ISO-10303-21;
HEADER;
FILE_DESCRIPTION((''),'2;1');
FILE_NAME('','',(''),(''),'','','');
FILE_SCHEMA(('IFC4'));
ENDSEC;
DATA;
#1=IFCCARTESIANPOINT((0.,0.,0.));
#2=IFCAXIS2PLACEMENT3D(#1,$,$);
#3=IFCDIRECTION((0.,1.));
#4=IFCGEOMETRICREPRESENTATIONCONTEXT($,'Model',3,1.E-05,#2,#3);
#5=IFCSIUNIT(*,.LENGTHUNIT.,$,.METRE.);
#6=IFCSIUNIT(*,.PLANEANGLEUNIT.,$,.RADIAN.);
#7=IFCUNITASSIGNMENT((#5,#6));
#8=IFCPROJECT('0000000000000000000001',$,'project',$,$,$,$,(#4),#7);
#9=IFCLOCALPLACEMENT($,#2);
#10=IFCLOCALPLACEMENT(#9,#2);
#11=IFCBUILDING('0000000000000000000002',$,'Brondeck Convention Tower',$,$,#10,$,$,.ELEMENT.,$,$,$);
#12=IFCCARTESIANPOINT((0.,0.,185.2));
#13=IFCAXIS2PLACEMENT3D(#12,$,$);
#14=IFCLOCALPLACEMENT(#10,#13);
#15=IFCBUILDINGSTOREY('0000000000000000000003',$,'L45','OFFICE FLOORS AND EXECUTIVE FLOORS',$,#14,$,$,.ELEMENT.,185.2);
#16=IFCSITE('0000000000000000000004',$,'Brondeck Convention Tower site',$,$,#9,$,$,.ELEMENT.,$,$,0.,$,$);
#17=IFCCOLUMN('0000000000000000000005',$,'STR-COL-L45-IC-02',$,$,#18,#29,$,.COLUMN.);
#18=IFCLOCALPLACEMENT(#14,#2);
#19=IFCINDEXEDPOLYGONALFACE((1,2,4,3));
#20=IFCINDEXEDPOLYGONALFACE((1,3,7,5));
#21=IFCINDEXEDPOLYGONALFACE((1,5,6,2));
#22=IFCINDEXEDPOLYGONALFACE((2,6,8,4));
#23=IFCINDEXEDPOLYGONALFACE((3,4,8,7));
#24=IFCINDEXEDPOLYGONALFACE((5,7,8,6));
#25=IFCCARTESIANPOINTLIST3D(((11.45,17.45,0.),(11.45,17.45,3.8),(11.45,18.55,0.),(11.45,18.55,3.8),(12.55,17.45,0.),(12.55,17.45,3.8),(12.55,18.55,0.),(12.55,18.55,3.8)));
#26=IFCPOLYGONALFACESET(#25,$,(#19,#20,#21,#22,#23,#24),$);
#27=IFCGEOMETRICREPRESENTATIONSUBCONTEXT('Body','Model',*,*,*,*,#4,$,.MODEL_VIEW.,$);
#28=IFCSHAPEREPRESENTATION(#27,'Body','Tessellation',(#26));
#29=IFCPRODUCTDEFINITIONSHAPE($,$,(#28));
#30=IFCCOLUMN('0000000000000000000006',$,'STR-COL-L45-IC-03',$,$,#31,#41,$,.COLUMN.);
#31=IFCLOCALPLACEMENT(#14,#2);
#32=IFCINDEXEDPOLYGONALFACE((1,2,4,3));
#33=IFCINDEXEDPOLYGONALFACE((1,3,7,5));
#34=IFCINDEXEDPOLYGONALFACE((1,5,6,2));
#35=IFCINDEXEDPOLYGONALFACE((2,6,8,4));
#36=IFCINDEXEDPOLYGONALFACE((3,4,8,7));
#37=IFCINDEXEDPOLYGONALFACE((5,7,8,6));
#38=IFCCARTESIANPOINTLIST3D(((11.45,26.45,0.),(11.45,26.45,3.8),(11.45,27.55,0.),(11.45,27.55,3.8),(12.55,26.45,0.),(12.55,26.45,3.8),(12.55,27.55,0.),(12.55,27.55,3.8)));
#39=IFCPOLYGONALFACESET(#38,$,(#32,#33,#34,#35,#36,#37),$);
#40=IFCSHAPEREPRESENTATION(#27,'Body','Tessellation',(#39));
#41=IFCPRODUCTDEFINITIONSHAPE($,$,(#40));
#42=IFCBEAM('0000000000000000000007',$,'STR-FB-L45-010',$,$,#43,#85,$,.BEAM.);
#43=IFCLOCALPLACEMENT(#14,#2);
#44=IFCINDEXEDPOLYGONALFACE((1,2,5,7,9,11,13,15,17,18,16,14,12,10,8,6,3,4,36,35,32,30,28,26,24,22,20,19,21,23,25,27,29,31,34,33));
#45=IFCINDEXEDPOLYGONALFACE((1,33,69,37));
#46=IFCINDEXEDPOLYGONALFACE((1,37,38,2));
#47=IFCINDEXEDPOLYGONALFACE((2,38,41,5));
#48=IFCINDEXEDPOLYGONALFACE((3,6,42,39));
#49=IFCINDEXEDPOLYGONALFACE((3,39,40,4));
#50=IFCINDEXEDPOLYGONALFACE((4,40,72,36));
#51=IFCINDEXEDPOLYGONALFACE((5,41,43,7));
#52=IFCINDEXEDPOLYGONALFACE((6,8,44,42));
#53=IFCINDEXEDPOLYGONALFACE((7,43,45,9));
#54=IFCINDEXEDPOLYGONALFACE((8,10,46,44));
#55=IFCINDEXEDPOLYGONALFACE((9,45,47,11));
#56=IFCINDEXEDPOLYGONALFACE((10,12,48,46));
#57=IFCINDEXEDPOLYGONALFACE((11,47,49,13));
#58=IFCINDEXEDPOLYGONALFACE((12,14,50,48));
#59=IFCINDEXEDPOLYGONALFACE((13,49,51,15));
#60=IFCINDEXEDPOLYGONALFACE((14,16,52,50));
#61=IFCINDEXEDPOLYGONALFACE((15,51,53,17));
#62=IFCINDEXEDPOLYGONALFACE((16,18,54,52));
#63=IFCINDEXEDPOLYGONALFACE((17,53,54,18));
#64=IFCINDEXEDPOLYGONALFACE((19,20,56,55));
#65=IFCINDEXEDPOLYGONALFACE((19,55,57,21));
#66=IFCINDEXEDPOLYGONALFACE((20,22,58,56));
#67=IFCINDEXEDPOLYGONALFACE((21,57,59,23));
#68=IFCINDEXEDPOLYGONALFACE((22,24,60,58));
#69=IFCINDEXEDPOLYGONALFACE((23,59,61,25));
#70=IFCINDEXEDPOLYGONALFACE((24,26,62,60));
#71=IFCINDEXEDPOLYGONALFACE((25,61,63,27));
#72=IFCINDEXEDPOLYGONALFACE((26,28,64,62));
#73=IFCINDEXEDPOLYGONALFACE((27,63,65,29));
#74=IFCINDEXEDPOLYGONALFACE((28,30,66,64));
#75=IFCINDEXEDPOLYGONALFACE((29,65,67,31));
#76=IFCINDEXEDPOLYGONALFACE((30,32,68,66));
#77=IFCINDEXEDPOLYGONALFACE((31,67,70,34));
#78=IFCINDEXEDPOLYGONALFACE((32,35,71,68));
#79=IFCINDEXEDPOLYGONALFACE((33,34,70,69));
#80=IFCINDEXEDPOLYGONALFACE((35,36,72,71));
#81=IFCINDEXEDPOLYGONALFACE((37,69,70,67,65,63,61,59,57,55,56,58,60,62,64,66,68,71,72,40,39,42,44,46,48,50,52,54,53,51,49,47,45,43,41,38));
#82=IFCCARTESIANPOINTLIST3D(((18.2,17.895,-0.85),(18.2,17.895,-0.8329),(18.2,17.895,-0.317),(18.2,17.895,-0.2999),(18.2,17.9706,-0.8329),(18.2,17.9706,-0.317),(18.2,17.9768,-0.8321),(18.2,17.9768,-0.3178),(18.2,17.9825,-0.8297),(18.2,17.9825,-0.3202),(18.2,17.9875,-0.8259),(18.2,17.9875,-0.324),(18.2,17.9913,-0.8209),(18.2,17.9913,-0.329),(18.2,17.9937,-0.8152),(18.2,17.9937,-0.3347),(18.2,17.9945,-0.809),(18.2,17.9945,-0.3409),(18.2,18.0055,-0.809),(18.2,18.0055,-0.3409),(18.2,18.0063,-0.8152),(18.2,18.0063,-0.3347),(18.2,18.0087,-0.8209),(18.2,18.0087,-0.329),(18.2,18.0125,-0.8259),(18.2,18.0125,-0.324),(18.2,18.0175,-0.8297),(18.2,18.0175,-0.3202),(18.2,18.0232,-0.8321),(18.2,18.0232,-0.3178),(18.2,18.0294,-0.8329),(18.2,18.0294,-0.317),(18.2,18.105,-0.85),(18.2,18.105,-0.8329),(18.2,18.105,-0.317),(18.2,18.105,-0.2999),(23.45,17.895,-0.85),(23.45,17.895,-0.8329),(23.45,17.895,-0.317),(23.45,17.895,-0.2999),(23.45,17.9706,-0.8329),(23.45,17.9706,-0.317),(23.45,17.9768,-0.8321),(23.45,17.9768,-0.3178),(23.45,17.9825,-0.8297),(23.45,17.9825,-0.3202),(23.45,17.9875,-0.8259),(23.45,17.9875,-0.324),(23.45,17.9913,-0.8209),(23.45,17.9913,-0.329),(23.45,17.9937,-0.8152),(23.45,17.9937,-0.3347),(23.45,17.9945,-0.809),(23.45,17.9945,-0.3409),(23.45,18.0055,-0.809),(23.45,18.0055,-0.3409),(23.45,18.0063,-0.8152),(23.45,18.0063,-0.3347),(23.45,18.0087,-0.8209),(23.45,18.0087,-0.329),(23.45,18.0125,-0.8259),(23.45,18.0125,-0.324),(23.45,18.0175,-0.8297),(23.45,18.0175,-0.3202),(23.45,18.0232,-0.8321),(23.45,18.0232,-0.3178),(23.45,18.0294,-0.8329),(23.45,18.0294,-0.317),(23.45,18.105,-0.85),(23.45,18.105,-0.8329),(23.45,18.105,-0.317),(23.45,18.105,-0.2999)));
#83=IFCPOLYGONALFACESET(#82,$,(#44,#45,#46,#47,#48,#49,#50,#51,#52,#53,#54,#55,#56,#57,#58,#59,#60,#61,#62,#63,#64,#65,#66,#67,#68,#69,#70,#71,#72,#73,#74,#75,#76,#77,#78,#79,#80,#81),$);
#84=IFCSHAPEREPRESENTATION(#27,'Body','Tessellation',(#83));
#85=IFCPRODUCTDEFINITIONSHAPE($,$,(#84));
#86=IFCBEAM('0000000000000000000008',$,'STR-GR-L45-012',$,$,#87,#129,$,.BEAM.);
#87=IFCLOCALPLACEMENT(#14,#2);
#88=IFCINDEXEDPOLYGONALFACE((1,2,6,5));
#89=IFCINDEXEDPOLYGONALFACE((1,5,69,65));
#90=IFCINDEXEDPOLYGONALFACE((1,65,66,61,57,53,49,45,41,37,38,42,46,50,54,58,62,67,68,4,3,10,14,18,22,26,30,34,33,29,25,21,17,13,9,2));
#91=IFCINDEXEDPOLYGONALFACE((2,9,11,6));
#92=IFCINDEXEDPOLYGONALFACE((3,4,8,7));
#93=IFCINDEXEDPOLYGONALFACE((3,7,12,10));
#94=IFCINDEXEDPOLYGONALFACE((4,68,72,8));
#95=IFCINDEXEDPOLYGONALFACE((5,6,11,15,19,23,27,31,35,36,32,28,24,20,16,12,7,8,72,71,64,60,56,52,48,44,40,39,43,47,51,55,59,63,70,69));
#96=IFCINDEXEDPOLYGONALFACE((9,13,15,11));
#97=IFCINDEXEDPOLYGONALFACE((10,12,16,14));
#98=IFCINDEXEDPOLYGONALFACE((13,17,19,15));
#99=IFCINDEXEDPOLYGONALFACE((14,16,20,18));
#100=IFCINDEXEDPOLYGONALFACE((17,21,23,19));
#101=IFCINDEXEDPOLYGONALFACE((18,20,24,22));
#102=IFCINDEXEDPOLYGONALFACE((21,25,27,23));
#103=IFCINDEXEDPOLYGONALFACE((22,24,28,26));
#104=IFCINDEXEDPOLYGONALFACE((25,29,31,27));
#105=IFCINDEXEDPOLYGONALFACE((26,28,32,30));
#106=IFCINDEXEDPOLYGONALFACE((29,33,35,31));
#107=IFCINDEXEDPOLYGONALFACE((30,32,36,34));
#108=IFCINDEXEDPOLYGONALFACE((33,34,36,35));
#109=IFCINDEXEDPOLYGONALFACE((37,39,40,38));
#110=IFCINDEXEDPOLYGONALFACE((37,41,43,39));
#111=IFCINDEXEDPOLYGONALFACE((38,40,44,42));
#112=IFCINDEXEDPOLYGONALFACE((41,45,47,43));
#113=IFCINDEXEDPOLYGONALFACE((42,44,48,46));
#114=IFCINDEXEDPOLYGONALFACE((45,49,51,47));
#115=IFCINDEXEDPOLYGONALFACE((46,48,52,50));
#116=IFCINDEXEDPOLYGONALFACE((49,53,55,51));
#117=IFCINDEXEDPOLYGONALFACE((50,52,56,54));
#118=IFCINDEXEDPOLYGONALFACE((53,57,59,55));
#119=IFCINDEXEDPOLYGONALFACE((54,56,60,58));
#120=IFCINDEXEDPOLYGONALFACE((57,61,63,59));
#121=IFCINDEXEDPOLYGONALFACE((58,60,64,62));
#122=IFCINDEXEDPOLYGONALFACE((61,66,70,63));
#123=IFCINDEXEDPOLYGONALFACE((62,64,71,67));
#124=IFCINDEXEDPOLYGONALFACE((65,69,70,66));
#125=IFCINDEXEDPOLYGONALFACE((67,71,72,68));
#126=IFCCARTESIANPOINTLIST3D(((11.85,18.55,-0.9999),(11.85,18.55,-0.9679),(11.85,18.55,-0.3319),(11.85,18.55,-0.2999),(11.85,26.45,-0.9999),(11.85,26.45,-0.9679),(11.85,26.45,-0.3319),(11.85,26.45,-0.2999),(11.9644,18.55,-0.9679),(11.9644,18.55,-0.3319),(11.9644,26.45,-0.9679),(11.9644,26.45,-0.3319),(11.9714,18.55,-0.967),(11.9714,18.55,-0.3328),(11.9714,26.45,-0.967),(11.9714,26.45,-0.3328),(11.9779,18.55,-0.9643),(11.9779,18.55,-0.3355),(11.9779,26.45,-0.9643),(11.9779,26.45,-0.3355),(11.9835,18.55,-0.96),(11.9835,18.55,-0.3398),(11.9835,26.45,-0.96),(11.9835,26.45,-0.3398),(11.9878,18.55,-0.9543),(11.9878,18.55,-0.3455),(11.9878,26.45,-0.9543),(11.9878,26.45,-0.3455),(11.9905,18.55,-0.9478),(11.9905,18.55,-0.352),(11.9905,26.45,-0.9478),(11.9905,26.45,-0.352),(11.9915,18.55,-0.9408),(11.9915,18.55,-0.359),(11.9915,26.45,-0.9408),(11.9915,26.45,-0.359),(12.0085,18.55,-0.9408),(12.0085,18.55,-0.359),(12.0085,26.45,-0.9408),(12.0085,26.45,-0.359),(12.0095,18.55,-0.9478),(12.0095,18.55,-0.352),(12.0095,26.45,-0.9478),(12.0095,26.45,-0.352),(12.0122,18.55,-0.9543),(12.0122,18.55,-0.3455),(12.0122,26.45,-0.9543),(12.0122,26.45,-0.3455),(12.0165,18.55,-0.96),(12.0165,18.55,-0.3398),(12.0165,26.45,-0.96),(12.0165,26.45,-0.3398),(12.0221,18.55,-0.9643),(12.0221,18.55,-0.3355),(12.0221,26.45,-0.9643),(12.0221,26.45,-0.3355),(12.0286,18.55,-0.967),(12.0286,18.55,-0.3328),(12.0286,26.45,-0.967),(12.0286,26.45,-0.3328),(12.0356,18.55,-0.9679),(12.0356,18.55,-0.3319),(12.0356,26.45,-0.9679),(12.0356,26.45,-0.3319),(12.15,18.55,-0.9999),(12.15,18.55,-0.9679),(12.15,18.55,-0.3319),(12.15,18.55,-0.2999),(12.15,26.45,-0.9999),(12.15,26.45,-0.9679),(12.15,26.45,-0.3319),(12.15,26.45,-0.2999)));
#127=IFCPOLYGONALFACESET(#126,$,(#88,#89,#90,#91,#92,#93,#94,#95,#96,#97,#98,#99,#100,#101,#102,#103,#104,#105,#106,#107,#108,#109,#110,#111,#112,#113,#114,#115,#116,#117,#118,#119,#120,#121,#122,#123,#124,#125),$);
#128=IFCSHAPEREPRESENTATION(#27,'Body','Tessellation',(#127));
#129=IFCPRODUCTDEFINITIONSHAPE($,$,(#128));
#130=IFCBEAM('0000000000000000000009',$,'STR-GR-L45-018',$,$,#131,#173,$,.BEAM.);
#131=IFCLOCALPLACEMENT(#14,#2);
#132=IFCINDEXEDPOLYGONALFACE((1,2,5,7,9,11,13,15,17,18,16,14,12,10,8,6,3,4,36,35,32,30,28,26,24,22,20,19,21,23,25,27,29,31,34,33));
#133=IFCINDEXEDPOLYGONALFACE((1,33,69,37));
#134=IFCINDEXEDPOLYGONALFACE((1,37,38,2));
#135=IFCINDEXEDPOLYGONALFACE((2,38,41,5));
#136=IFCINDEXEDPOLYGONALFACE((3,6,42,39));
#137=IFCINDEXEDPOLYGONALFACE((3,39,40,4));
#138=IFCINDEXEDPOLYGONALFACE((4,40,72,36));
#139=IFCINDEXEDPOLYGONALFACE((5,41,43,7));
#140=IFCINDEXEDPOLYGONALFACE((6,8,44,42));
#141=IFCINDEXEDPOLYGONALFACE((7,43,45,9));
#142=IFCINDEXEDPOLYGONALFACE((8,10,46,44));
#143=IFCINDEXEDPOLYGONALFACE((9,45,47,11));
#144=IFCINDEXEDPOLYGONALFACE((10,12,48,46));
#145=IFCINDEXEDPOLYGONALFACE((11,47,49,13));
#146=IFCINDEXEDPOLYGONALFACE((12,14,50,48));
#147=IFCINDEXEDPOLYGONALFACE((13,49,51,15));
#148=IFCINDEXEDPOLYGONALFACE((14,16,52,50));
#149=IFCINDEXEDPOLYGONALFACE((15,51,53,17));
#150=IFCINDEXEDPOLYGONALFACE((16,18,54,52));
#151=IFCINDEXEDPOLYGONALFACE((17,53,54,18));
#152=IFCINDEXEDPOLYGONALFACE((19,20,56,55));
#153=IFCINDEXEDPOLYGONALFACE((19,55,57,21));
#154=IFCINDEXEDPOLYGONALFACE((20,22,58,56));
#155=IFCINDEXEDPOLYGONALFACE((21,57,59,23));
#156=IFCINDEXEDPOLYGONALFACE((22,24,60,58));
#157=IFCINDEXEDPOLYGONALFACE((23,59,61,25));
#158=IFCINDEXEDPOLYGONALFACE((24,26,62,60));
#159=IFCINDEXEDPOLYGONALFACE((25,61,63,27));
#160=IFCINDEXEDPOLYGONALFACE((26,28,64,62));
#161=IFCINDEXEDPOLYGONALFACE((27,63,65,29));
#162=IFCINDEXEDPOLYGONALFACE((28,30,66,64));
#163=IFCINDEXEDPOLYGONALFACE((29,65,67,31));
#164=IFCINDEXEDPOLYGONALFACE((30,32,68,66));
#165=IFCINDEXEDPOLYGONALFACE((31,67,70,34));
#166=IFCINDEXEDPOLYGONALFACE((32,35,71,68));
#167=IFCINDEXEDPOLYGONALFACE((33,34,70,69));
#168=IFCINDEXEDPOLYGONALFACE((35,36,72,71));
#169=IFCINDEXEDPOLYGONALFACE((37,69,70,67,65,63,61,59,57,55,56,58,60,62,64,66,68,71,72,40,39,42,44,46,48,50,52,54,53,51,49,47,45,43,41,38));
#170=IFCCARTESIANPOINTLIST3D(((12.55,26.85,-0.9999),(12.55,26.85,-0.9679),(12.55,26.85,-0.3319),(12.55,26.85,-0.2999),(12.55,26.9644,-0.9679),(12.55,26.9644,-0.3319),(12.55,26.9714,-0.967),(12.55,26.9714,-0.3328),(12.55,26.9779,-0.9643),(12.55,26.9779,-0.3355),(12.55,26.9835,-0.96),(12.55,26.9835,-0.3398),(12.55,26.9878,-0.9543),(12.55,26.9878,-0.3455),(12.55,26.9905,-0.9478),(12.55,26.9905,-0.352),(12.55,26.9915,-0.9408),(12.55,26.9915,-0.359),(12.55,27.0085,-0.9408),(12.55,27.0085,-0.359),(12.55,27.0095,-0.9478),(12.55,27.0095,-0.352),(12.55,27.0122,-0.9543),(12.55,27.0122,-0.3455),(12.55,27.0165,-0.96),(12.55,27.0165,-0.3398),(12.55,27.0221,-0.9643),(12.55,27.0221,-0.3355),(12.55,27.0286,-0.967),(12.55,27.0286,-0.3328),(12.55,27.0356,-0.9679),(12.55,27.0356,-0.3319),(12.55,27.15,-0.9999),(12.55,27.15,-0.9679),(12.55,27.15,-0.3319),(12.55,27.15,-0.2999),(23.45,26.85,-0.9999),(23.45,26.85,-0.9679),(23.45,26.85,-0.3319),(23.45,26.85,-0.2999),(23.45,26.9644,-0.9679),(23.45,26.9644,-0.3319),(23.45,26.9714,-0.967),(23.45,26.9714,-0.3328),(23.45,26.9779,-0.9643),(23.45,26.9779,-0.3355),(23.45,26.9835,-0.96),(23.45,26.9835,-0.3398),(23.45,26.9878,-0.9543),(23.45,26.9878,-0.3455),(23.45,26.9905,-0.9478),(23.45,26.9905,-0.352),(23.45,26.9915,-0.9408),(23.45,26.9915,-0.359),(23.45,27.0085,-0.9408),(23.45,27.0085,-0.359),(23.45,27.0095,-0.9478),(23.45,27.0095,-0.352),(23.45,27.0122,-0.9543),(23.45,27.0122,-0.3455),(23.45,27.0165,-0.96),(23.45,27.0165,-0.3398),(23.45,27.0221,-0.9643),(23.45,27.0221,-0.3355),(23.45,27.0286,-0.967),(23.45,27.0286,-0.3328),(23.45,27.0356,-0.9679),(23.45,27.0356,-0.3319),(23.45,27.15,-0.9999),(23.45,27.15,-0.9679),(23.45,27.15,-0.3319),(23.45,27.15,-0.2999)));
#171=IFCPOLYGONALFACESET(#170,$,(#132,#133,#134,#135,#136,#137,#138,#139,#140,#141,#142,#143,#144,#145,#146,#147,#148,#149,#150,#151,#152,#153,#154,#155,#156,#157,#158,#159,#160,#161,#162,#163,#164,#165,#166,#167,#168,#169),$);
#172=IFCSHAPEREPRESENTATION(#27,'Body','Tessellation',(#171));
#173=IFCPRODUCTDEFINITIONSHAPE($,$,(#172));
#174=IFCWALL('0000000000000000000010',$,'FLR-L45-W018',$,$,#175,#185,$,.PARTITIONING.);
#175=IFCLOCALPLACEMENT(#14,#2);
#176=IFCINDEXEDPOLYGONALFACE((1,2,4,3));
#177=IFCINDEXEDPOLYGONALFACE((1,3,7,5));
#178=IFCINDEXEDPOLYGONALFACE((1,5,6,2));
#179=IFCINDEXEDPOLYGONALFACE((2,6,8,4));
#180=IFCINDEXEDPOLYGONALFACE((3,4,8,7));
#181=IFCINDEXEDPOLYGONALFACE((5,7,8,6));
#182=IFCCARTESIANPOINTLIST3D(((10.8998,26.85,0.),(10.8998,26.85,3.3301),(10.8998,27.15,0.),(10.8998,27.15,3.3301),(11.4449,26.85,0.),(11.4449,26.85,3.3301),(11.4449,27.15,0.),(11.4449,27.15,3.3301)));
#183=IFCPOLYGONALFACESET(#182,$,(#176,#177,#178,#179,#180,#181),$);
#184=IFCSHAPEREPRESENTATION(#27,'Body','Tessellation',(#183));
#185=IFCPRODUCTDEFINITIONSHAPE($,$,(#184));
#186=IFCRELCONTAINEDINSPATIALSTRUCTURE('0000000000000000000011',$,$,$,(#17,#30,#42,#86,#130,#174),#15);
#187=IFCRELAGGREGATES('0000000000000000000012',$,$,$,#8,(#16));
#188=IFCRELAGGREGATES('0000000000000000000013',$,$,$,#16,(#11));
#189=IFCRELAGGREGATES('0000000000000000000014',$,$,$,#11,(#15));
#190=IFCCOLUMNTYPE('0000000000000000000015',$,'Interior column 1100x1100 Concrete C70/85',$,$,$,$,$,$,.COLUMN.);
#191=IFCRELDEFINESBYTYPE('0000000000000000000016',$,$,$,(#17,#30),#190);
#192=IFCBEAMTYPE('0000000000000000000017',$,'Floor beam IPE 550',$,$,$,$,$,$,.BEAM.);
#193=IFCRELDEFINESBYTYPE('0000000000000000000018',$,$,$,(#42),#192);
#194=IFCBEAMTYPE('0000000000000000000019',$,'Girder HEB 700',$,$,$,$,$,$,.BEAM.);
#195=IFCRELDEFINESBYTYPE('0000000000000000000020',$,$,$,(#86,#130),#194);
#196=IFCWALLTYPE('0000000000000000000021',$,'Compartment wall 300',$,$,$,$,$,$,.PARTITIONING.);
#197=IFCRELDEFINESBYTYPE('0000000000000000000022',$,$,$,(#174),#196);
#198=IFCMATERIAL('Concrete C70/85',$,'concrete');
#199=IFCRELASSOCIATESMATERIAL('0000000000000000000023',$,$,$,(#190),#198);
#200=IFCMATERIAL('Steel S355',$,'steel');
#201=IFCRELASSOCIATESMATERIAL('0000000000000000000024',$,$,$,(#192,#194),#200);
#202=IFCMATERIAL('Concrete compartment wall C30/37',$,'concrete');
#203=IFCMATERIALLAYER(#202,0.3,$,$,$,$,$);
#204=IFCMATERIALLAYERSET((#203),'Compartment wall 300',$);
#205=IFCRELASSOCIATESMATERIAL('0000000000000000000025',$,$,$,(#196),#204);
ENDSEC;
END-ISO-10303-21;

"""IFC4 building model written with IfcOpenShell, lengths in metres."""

from ifc_helpers import new_model, si_unit, direction, frame, frame_2d, origin, origin_2d, place, context, subcontext, project, spatial, rectangle, i_section, extrude, material, layer, layer_set, material_profile, profile_set, type_object, element, save


model = new_model("IFC4")

# Units and contexts
model_context = context("Model", 3, precision=1e-05, world=origin(), true_north=direction((0.0, 1.0)))
body_context = subcontext(model_context, "Body", "Model", "MODEL_VIEW")
ifc_project = project(units=[si_unit("LENGTHUNIT", "METRE"), si_unit("PLANEANGLEUNIT", "RADIAN")], contexts=[model_context])

# Site, building, storey
site_placement = place(None, origin())
site = spatial("IfcSite", under=ifc_project, at=site_placement, Name="Brondeck Convention Tower site", CompositionType="ELEMENT", RefElevation=0.0)
building_placement = place(site_placement, origin())
building = spatial("IfcBuilding", under=site, at=building_placement, Name="Brondeck Convention Tower", CompositionType="ELEMENT")
storey_placement = place(building_placement, frame((0.0, 0.0, 185.2)))
storey = spatial("IfcBuildingStorey", under=building, at=storey_placement, Name="L45", Description="OFFICE FLOORS AND EXECUTIVE FLOORS", CompositionType="ELEMENT", Elevation=185.2)

# Columns
ifc_material_1 = material(Name="Concrete C70/85", Category="concrete")
ifc_material_profile_1 = material_profile(ifc_material_1, rectangle(XDim=1.1001, YDim=1.1001, at=origin_2d()), Name="Interior column 1100x1100 Concrete C70/85")
ifc_profile_set_1 = profile_set([ifc_material_profile_1], Name="Concrete C70/85")
column_type = type_object("IfcColumnType", Name="Interior column 1100x1100 Concrete C70/85", PredefinedType="COLUMN", material=ifc_profile_set_1)
for number, where, z_axis, x_axis, name in (
    (1, (12.0, 18.0, 0.0), (0.0, 0.0, 1.0), (1.0, 0.0, 0.0), "STR-COL-L45-IC-02"),
    (2, (12.0, 27.0, 0.0), (0.0, 0.0, 1.0), (1.0, 0.0, 0.0), "STR-COL-L45-IC-03"),
):
    element("IfcColumn", number, at=place(storey_placement, frame(where, z_axis=z_axis, x_axis=x_axis)), inside=storey, type_object=column_type, Name=name, PredefinedType="COLUMN", context=body_context, shape_type="SweptSolid", body=[
        extrude(rectangle(XDim=1.1001, YDim=1.1001, at=origin_2d()), origin(), (0.0, 0.0, 1.0), 3.8),
    ])

# Beams
ifc_material_2 = material(Name="Steel S355", Category="steel")
ifc_material_profile_2 = material_profile(ifc_material_2, i_section(OverallWidth=0.21, OverallDepth=0.55, WebThickness=0.011, FlangeThickness=0.0171, FilletRadius=0.0239, at=origin_2d()), Name="IPE 550")
ifc_profile_set_2 = profile_set([ifc_material_profile_2], Name="Steel S355")
beam_type_1 = type_object("IfcBeamType", Name="Floor beam IPE 550", PredefinedType="BEAM", material=ifc_profile_set_2)
beam_1_placement = place(storey_placement, frame((18.2, 18.0, -0.575), z_axis=(1.0, 0.0, 0.0), x_axis=(0.0, 1.0, 0.0)))
element("IfcBeam", 3, at=beam_1_placement, inside=storey, type_object=beam_type_1, Name="STR-FB-L45-010", PredefinedType="BEAM", context=body_context, shape_type="SweptSolid", body=[
    extrude(i_section(OverallWidth=0.21, OverallDepth=0.55, WebThickness=0.011, FlangeThickness=0.0171, FilletRadius=0.0239, at=origin_2d()), origin(), (0.0, 0.0, 1.0), 5.25),
])
ifc_material_profile_3 = material_profile(ifc_material_2, i_section(OverallWidth=0.3, OverallDepth=0.7, WebThickness=0.0171, FlangeThickness=0.032, FilletRadius=0.0271, at=origin_2d()), Name="HEB 700")
ifc_profile_set_3 = profile_set([ifc_material_profile_3], Name="Steel S355")
beam_type_2 = type_object("IfcBeamType", Name="Girder HEB 700", PredefinedType="BEAM", material=ifc_profile_set_3)
beam_2_placement = place(storey_placement, frame((12.0, 26.45, -0.6499), z_axis=(0.0, -1.0, 0.0), x_axis=(1.0, 0.0, 0.0)))
element("IfcBeam", 4, at=beam_2_placement, inside=storey, type_object=beam_type_2, Name="STR-GR-L45-012", PredefinedType="BEAM", context=body_context, shape_type="SweptSolid", body=[
    extrude(i_section(OverallWidth=0.3, OverallDepth=0.7, WebThickness=0.0171, FlangeThickness=0.032, FilletRadius=0.0271, at=origin_2d()), origin(), (0.0, 0.0, 1.0), 7.8999),
])
beam_3_placement = place(storey_placement, frame((12.55, 27.0, -0.6499), z_axis=(1.0, 0.0, 0.0), x_axis=(0.0, 1.0, 0.0)))
element("IfcBeam", 5, at=beam_3_placement, inside=storey, type_object=beam_type_2, Name="STR-GR-L45-018", PredefinedType="BEAM", context=body_context, shape_type="SweptSolid", body=[
    extrude(i_section(OverallWidth=0.3, OverallDepth=0.7, WebThickness=0.0171, FlangeThickness=0.032, FilletRadius=0.0271, at=origin_2d()), origin(), (0.0, 0.0, 1.0), 10.8999),
])

# Wall
ifc_material_3 = material(Name="Concrete compartment wall C30/37", Category="concrete")
ifc_layer_1 = layer(ifc_material_3, 0.3)
ifc_layer_set_1 = layer_set([ifc_layer_1], Name="Compartment wall 300")
wall_type_1 = type_object("IfcWallType", Name="Compartment wall 300", PredefinedType="PARTITIONING", material=ifc_layer_set_1)
wall_1_placement = place(storey_placement, frame((10.8999, 27.0, 0.0), z_axis=(0.0, 0.0, 1.0), x_axis=(1.0, 0.0, 0.0)))
element("IfcWall", 6, at=wall_1_placement, inside=storey, type_object=wall_type_1, Name="FLR-L45-W018", PredefinedType="PARTITIONING", context=body_context, shape_type="SweptSolid", body=[
    extrude(rectangle(XDim=0.5452, YDim=0.3, at=frame_2d((0.2725, 0.0))), origin(), (0.0, 0.0, 1.0), 3.3301),
])

save(model, "model.ifc")
